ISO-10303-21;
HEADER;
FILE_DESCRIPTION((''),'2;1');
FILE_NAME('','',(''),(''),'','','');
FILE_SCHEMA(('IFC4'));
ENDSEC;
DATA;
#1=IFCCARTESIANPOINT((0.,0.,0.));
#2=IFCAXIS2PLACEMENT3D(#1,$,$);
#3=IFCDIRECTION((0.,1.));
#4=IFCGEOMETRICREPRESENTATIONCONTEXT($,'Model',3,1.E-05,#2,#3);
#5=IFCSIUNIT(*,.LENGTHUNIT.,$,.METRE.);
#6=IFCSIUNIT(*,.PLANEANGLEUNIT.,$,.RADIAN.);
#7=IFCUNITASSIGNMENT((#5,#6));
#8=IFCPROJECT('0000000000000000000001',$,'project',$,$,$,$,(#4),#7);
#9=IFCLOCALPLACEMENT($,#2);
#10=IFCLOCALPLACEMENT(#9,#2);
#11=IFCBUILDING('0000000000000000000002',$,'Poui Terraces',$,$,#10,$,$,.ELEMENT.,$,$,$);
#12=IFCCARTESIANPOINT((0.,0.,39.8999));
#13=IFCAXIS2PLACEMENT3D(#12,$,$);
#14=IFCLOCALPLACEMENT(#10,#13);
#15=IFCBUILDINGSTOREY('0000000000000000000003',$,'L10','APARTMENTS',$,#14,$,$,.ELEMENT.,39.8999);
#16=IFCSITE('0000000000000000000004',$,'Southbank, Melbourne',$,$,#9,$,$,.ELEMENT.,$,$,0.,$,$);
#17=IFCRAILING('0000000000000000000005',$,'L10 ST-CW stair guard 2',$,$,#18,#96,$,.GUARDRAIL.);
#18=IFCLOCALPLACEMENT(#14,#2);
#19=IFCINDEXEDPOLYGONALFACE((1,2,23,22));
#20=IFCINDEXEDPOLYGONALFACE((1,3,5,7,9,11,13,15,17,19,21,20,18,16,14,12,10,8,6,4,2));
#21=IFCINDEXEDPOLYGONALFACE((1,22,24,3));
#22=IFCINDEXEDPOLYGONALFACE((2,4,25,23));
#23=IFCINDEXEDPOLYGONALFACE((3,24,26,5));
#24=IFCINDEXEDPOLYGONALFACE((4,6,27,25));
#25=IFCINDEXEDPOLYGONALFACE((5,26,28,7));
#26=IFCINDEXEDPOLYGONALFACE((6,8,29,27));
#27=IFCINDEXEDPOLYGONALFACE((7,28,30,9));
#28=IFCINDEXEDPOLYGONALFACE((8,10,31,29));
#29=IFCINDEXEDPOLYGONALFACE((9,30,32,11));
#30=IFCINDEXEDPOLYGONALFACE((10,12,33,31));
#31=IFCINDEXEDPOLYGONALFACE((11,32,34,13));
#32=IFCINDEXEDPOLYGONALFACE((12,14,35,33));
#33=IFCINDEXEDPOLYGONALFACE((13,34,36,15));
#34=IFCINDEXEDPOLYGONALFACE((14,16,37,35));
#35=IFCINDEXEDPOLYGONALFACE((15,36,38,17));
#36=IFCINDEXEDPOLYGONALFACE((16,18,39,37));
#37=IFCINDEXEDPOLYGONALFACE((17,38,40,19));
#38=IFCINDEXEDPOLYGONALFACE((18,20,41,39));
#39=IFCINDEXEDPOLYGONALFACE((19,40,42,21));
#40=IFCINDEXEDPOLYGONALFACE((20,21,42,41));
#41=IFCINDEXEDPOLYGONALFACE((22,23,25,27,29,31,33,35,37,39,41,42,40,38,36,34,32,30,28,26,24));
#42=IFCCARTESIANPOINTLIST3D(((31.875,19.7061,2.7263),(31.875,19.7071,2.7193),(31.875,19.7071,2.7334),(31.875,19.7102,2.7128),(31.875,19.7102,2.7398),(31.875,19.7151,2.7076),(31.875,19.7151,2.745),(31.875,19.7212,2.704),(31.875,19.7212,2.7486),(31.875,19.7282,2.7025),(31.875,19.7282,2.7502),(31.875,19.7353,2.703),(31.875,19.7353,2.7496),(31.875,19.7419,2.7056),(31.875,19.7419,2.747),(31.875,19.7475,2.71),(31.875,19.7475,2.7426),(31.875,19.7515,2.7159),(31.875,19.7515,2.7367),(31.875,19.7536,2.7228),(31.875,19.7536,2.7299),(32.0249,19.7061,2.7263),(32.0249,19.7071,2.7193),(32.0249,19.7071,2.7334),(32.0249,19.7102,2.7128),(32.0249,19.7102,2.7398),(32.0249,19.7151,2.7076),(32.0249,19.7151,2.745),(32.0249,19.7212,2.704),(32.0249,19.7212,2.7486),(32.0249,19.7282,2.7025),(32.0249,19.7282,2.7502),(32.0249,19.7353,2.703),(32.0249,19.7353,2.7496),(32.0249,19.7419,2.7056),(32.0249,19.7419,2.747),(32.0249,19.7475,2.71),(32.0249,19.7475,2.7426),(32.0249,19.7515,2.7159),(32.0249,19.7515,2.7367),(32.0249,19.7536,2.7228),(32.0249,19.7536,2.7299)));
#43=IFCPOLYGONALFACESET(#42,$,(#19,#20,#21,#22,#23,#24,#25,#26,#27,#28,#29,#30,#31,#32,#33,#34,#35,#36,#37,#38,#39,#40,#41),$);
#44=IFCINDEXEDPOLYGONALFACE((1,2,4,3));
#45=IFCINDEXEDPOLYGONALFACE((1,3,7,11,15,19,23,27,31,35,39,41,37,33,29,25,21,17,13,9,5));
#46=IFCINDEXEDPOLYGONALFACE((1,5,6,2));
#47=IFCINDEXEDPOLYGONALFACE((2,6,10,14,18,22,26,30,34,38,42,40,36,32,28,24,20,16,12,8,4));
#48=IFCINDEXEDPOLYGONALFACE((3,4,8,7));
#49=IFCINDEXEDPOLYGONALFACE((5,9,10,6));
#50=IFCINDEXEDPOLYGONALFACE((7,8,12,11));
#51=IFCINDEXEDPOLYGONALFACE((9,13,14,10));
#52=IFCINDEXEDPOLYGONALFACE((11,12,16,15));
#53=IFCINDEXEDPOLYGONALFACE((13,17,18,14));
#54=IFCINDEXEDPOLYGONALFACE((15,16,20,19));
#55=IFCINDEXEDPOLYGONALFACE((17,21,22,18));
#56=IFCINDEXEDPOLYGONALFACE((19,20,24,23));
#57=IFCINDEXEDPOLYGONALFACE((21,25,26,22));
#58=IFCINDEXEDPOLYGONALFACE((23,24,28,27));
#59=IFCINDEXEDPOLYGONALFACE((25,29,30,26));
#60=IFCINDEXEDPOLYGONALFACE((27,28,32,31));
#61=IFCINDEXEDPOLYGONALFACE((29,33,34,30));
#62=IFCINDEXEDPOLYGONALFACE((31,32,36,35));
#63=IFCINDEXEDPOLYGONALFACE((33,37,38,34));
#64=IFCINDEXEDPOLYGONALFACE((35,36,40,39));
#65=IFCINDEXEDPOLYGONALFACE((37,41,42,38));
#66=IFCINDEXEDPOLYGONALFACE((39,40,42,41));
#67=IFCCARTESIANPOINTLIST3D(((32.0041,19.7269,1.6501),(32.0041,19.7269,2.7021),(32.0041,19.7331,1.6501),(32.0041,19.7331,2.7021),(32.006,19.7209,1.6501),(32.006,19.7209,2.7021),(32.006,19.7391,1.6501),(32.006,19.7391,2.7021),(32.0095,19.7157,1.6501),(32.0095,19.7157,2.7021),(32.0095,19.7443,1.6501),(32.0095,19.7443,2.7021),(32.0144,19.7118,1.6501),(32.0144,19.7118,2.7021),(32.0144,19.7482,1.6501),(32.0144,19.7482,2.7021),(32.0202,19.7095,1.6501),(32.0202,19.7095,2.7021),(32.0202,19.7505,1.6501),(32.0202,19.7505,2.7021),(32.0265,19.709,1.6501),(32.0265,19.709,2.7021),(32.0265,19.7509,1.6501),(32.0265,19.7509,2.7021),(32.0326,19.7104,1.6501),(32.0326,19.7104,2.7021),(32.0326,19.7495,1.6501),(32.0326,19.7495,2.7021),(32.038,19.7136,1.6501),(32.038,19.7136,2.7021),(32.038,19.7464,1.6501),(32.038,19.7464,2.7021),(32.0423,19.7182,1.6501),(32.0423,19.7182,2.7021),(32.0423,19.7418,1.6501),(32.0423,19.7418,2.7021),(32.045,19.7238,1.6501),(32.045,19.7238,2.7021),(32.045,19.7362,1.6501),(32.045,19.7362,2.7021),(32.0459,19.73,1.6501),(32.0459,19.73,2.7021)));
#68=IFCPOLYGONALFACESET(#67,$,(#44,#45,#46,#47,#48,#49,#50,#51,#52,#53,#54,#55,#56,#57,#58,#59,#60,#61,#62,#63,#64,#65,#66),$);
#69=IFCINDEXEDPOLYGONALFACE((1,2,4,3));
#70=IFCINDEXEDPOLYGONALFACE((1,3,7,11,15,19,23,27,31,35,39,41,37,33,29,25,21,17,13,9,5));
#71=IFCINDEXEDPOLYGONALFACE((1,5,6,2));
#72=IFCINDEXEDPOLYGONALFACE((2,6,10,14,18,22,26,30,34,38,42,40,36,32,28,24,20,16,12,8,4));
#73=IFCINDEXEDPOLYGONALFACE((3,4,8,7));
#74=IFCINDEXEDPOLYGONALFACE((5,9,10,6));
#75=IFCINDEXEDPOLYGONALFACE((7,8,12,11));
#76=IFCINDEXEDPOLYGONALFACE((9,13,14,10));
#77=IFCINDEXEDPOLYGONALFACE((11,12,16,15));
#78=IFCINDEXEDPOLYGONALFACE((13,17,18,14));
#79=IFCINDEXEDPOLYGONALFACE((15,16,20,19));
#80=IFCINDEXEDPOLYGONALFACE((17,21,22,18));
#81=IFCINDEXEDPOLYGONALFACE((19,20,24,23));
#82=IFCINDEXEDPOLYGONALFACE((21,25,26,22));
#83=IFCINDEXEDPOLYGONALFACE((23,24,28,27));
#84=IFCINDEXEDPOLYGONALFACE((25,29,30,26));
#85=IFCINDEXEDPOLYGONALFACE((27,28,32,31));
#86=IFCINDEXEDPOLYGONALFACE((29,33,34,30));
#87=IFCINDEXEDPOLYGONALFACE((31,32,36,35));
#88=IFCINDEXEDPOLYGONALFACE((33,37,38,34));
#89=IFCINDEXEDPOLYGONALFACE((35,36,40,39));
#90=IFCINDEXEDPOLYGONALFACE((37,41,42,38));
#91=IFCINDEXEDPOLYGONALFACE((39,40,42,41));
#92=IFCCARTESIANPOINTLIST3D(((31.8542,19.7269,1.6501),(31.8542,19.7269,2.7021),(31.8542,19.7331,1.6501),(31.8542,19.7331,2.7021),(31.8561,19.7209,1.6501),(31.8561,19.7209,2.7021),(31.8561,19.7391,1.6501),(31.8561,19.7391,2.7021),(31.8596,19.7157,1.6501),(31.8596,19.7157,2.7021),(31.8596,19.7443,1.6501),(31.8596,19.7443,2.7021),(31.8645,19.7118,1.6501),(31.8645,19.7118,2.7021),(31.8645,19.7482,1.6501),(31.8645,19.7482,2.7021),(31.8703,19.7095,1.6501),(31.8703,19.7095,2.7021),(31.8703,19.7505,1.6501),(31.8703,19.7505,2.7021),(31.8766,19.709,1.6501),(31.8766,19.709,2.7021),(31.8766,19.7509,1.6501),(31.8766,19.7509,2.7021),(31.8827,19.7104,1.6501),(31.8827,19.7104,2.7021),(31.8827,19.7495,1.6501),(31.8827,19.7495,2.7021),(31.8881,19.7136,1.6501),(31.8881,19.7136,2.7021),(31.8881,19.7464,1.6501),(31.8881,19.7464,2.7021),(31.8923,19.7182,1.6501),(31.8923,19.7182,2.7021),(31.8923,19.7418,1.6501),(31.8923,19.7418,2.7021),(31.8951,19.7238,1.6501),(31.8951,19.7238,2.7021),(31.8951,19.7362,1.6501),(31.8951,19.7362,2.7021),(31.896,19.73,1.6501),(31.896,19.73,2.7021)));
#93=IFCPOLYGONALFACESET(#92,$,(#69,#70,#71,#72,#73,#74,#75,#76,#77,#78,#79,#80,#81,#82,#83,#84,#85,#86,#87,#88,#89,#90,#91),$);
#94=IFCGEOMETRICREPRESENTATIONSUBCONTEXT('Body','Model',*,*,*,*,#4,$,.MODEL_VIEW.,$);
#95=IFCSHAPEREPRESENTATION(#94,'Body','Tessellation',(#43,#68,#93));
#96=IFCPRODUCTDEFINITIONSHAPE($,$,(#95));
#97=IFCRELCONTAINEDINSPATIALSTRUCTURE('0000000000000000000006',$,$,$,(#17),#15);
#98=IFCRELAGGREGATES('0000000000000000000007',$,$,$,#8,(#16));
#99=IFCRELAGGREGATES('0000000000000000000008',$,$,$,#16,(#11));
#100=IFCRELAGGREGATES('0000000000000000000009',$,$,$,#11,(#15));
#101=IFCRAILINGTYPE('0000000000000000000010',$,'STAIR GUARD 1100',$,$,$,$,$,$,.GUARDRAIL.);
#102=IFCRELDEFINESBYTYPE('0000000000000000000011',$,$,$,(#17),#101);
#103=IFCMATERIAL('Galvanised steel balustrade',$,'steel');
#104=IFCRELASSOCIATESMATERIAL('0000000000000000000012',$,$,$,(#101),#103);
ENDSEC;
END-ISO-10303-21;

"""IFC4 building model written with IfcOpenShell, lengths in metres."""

from ifc_helpers import new_model, si_unit, direction, frame, origin, origin_2d, place, context, subcontext, project, spatial, circle, extrude, material, type_object, element, save


model = new_model("IFC4")

# Units and contexts
model_context = context("Model", 3, precision=1e-05, world=origin(), true_north=direction((0.0, 1.0)))
body_context = subcontext(model_context, "Body", "Model", "MODEL_VIEW")
ifc_project = project(units=[si_unit("LENGTHUNIT", "METRE"), si_unit("PLANEANGLEUNIT", "RADIAN")], contexts=[model_context])

# Site, building, storey
site_placement = place(None, origin())
site = spatial("IfcSite", under=ifc_project, at=site_placement, Name="Southbank, Melbourne", CompositionType="ELEMENT", RefElevation=0.0)
building_placement = place(site_placement, origin())
building = spatial("IfcBuilding", under=site, at=building_placement, Name="Poui Terraces", CompositionType="ELEMENT")
storey_placement = place(building_placement, frame((0.0, 0.0, 39.8999)))
storey = spatial("IfcBuildingStorey", under=building, at=storey_placement, Name="L10", Description="APARTMENTS", CompositionType="ELEMENT", Elevation=39.8999)

# Railing
ifc_material_1 = material(Name="Galvanised steel balustrade", Category="steel")
railing_type_1 = type_object("IfcRailingType", Name="STAIR GUARD 1100", PredefinedType="GUARDRAIL", material=ifc_material_1)
railing_1_placement = place(storey_placement, frame((32.0249, 19.73, 1.6501)))
element("IfcRailing", 1, at=railing_1_placement, inside=storey, type_object=railing_type_1, Name="L10 ST-CW stair guard 2", PredefinedType="GUARDRAIL", context=body_context, shape_type="SweptSolid", body=[
    extrude(circle(Radius=0.0239, at=origin_2d()), frame((0.0, 0.0, 1.0762), z_axis=(-1.0, 0.0, 0.0), x_axis=(0.0, -1.0, 0.0)), (0.0, 0.0, 1.0), 0.1499),
    extrude(circle(Radius=0.021, at=origin_2d()), origin(), (0.0, 0.0, 1.0), 1.052),
    extrude(circle(Radius=0.021, at=origin_2d()), frame((-0.1499, 0.0, 0.0)), (0.0, 0.0, 1.0), 1.052),
])

save(model, "model.ifc")
